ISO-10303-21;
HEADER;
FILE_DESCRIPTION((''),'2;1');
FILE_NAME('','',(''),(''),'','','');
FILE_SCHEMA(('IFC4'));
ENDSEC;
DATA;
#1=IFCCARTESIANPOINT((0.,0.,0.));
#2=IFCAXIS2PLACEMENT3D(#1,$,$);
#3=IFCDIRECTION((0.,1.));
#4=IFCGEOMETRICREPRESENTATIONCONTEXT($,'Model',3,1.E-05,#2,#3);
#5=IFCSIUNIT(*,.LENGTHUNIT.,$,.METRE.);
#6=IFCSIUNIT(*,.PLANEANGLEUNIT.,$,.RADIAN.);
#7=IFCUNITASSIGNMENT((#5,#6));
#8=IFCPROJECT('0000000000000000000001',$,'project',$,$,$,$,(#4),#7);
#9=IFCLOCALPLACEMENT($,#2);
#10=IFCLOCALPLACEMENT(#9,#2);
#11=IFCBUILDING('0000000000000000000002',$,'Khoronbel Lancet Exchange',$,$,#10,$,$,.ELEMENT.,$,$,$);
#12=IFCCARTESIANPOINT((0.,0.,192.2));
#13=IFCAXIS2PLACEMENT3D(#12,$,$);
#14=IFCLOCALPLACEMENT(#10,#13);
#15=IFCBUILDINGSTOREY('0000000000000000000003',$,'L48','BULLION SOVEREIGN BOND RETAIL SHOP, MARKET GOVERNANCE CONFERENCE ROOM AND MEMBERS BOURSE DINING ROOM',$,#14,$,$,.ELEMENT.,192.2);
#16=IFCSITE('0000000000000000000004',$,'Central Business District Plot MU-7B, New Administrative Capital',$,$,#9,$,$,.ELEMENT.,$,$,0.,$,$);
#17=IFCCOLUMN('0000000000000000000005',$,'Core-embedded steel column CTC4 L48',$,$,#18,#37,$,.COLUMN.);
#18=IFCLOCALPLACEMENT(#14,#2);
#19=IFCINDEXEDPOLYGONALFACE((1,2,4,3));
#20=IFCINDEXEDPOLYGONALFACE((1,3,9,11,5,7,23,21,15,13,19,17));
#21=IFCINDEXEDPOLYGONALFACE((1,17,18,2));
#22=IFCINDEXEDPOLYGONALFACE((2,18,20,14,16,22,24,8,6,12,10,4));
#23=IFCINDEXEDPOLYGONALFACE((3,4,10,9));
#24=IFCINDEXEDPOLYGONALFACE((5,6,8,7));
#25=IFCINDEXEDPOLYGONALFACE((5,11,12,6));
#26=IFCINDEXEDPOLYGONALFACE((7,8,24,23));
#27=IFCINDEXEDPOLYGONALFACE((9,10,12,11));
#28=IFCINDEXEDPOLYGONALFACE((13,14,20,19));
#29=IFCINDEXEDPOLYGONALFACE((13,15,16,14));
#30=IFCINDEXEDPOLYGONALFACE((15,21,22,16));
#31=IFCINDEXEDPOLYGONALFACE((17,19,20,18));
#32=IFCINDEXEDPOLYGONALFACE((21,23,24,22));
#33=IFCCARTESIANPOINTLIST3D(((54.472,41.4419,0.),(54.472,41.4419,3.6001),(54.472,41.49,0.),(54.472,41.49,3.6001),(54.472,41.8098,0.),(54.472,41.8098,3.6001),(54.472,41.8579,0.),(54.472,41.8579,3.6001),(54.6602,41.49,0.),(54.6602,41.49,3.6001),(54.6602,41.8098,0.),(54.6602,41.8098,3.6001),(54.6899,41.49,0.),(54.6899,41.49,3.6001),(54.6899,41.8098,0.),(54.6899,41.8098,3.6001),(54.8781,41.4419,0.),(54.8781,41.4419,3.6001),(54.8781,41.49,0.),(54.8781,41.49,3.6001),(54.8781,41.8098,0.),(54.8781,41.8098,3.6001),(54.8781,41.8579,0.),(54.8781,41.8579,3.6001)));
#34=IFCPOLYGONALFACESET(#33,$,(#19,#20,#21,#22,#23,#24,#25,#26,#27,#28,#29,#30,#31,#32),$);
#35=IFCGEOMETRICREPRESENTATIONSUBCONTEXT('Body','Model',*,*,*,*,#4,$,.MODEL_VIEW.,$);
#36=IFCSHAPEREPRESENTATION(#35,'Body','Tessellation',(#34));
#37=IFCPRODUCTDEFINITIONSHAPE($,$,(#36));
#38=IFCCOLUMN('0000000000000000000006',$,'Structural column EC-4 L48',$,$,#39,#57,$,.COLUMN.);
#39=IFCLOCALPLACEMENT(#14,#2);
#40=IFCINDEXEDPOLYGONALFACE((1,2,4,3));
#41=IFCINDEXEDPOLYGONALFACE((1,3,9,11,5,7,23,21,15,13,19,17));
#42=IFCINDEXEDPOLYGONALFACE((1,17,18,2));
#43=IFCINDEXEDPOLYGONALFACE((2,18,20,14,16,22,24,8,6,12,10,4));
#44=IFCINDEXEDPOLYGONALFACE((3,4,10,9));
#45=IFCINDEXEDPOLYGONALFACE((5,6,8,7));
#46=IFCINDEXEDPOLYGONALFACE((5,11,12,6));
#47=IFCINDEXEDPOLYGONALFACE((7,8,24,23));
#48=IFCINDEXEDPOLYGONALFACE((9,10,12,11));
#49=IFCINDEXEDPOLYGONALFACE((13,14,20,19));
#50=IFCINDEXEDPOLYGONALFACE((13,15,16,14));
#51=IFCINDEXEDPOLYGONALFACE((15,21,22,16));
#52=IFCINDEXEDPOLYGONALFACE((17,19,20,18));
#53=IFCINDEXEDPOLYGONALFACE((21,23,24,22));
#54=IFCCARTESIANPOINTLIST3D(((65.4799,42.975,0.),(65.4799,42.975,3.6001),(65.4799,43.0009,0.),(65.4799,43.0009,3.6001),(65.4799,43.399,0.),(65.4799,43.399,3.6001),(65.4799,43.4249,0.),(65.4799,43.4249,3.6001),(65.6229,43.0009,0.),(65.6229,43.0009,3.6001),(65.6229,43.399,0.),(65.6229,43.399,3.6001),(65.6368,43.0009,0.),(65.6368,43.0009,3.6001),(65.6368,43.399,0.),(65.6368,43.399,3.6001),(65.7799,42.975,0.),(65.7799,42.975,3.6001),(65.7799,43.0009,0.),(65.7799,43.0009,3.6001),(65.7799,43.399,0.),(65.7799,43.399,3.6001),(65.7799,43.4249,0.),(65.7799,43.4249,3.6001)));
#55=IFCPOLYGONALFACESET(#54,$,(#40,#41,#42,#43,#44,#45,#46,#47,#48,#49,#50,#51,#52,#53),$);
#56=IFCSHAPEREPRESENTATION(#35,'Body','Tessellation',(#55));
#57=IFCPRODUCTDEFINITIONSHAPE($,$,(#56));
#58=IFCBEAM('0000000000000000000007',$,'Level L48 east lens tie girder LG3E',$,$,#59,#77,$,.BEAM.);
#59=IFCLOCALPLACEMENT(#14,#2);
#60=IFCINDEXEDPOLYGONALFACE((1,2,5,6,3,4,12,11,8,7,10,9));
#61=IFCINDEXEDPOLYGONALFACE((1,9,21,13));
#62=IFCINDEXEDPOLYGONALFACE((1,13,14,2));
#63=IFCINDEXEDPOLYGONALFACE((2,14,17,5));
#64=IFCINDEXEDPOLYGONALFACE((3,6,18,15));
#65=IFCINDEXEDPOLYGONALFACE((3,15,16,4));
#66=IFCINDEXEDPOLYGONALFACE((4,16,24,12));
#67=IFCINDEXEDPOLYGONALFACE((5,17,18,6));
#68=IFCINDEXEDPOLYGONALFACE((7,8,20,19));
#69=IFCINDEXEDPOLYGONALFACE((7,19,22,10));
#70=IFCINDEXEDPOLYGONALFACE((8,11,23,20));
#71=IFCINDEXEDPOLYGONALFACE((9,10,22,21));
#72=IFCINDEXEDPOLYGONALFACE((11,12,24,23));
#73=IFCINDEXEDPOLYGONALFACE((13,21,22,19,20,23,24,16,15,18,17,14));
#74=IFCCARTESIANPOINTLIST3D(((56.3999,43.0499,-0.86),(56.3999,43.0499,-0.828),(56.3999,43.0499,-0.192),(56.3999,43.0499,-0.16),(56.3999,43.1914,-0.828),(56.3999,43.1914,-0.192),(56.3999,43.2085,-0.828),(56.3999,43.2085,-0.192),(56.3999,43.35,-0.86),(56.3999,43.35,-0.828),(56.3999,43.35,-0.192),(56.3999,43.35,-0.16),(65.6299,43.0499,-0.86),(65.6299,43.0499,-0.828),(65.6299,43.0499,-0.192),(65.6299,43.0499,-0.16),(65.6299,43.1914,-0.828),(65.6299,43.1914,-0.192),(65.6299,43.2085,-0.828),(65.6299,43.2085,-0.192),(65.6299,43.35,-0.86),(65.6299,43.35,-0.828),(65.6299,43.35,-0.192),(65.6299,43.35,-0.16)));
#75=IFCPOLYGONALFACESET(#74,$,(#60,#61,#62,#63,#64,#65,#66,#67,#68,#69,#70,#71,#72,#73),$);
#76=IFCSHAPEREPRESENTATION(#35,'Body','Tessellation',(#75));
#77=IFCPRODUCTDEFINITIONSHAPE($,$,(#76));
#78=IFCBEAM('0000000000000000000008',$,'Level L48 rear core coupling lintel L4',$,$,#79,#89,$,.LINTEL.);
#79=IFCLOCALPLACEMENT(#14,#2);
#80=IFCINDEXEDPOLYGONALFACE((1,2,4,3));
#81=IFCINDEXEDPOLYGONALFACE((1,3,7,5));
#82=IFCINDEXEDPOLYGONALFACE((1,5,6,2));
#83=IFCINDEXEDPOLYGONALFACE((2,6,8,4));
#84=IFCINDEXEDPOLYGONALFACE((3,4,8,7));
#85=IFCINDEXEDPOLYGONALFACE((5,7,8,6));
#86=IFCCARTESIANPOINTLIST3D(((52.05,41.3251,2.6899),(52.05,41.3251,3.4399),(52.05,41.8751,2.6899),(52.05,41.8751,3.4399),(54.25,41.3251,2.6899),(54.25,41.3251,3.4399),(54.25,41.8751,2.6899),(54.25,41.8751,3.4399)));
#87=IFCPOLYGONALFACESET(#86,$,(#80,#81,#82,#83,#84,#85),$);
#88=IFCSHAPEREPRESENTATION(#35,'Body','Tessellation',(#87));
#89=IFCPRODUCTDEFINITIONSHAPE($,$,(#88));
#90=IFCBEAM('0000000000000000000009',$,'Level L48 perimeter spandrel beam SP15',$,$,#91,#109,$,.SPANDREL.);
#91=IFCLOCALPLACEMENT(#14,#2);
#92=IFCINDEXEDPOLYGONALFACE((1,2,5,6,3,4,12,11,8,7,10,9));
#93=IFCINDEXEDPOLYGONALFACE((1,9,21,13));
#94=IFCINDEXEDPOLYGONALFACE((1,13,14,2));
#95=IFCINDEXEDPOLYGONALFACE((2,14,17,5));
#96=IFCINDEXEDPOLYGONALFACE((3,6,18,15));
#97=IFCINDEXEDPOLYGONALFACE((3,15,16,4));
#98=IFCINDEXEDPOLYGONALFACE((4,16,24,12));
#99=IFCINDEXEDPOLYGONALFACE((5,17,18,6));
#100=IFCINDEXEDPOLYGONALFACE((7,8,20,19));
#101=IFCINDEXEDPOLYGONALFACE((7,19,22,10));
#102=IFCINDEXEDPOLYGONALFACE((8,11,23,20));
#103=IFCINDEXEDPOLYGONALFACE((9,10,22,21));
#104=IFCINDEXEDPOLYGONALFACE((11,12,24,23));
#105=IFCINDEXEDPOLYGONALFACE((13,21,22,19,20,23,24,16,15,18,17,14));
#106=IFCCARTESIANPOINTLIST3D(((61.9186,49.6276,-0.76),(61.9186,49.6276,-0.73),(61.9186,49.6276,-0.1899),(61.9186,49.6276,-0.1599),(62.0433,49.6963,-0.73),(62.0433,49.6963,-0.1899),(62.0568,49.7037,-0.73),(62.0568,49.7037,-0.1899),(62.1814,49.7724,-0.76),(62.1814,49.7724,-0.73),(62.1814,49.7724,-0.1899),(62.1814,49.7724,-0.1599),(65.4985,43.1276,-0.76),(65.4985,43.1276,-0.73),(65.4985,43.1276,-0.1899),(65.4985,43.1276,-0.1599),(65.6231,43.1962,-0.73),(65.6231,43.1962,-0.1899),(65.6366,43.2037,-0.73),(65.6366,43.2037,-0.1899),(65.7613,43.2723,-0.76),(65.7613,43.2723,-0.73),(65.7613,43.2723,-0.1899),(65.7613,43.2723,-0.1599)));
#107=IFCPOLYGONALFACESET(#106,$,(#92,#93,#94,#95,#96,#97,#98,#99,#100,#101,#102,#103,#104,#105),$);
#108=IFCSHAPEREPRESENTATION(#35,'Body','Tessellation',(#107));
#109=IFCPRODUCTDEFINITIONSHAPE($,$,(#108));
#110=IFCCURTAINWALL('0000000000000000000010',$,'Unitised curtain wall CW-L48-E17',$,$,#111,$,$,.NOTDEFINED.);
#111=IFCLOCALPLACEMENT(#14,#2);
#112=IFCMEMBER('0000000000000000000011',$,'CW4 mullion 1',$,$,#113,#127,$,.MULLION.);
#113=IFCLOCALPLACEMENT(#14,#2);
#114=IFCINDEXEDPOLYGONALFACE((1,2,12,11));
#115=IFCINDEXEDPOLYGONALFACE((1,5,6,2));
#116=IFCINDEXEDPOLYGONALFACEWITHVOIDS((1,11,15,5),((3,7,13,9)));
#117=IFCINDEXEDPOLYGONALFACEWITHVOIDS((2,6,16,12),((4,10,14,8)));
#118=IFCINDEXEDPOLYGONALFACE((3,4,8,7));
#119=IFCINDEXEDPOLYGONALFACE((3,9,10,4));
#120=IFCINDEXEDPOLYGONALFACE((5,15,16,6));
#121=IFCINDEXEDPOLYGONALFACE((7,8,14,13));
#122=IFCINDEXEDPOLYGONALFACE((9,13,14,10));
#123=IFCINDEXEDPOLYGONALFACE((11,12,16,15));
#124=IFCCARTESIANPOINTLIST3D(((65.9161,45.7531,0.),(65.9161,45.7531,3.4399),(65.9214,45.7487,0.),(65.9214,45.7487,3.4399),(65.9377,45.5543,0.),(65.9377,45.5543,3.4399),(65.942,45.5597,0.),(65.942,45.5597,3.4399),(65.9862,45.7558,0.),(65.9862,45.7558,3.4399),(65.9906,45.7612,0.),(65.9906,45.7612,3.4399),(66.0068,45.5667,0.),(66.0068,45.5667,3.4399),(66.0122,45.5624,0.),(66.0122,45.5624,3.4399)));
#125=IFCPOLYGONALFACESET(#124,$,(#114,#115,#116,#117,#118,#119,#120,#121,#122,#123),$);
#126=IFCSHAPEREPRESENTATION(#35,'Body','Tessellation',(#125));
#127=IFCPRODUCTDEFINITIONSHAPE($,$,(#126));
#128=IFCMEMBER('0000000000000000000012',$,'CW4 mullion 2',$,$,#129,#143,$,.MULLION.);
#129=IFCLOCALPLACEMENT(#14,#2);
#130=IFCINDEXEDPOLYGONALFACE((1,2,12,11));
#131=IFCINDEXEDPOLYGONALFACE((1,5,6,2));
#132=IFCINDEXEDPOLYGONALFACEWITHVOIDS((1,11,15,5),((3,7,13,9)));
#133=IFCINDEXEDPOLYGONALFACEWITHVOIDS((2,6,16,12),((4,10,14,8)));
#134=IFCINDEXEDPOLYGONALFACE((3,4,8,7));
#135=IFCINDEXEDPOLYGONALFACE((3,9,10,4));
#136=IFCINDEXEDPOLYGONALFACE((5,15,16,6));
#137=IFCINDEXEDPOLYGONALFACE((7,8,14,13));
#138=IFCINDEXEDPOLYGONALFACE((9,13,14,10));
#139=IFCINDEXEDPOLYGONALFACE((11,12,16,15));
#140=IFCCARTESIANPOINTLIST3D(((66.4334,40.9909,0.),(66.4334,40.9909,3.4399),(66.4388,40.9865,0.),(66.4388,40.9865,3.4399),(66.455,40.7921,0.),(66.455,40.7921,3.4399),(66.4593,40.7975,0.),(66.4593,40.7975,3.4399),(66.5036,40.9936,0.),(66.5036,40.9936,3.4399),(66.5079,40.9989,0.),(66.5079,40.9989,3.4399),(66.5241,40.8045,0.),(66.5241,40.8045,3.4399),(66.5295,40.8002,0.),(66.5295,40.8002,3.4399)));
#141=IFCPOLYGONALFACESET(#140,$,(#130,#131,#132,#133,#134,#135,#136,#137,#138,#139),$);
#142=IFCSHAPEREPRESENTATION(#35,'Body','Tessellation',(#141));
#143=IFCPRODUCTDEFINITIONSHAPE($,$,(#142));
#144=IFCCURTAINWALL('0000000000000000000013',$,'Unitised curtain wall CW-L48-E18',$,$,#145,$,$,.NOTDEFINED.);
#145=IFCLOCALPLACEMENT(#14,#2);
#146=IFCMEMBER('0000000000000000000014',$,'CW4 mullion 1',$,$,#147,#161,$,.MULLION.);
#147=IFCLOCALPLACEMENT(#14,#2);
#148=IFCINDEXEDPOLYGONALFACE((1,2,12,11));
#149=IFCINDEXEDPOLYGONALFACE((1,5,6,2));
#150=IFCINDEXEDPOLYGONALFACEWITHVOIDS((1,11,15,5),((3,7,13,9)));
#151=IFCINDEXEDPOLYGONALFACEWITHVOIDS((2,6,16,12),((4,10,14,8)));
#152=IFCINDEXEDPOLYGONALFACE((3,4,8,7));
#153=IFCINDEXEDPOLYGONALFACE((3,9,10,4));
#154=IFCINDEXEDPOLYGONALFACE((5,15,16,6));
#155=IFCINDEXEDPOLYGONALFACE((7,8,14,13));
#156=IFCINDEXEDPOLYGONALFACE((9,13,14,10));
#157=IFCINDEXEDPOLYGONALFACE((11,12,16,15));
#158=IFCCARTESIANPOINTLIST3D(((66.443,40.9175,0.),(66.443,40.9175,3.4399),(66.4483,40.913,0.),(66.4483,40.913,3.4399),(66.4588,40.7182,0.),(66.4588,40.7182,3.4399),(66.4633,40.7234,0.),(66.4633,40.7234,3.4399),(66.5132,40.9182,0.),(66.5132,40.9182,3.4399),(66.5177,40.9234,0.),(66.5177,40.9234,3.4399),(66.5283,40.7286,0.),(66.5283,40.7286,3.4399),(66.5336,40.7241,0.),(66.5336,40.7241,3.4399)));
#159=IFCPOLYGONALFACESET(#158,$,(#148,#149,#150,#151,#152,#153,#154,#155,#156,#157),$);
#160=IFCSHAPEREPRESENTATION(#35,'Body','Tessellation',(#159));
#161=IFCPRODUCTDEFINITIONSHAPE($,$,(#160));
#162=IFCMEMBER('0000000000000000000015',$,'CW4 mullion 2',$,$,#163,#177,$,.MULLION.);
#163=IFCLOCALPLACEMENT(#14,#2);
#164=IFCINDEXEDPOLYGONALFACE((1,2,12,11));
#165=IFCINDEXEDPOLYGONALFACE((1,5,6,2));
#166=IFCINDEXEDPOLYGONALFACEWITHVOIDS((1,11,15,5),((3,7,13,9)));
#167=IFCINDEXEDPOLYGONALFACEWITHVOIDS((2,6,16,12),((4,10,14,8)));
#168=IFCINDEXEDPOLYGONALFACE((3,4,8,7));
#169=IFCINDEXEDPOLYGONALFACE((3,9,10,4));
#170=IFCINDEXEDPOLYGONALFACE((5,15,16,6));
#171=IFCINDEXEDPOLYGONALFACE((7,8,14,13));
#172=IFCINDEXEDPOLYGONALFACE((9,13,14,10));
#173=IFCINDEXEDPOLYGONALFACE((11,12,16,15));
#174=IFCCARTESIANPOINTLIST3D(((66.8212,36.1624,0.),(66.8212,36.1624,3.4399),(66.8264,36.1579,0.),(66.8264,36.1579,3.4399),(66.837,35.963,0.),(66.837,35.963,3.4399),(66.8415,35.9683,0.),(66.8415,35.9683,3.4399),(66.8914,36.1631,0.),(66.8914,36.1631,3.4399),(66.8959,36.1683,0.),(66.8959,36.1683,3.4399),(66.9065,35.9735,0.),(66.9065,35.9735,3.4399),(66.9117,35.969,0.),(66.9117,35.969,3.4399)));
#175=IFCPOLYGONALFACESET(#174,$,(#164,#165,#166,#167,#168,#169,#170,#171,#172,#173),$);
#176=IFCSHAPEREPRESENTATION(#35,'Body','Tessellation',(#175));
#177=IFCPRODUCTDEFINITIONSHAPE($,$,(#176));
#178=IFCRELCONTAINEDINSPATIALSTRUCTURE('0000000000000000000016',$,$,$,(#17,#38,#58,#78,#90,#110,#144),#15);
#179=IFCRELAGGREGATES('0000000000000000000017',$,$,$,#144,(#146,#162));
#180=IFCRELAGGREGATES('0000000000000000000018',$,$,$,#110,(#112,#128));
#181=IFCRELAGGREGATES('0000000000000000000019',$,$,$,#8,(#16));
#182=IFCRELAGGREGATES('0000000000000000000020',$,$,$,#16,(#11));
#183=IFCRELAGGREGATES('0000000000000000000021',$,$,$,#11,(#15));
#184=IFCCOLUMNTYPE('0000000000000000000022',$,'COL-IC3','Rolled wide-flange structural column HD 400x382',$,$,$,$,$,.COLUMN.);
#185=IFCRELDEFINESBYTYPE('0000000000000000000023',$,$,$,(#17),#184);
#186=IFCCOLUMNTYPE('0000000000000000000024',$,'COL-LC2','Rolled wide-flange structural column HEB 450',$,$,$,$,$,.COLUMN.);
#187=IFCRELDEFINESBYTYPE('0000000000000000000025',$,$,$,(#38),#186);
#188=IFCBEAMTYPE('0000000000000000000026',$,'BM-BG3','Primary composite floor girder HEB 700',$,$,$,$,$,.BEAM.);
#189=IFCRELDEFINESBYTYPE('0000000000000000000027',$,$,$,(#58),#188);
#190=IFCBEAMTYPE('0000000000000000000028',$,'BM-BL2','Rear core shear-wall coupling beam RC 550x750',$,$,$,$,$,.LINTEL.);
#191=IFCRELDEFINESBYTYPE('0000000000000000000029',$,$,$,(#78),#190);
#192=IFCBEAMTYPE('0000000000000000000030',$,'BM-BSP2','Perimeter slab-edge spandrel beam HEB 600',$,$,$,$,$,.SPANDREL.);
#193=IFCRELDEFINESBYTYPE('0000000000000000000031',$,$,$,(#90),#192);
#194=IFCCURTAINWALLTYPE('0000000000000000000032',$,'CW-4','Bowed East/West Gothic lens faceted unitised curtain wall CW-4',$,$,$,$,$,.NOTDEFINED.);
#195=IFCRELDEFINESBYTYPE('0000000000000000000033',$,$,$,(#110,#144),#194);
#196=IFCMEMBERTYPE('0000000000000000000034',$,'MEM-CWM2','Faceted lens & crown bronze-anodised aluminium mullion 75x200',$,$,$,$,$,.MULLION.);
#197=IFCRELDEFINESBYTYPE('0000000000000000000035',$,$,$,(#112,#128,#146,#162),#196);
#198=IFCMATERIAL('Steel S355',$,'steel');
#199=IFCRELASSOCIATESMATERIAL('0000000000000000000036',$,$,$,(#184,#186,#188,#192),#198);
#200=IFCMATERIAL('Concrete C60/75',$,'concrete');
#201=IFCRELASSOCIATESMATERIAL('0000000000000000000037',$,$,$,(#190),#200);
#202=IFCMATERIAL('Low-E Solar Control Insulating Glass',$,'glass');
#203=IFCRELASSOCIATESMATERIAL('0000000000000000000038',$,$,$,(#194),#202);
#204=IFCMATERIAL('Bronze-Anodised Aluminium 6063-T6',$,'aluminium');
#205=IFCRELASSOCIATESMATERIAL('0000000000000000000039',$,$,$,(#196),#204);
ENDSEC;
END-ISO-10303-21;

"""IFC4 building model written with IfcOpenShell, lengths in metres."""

from ifc_helpers import new_model, si_unit, direction, frame, origin, origin_2d, place, context, subcontext, project, spatial, rectangle, hollow_rectangle, i_section, extrude, material, material_profile, profile_set, type_object, element, aggregate, save


model = new_model("IFC4")

# Units and contexts
model_context = context("Model", 3, precision=1e-05, world=origin(), true_north=direction((0.0, 1.0)))
body_context = subcontext(model_context, "Body", "Model", "MODEL_VIEW")
ifc_project = project(units=[si_unit("LENGTHUNIT", "METRE"), si_unit("PLANEANGLEUNIT", "RADIAN")], contexts=[model_context])

# Site, building, storey
site_placement = place(None, origin())
site = spatial("IfcSite", under=ifc_project, at=site_placement, Name="Central Business District Plot MU-7B, New Administrative Capital", CompositionType="ELEMENT", RefElevation=0.0)
building_placement = place(site_placement, origin())
building = spatial("IfcBuilding", under=site, at=building_placement, Name="Khoronbel Lancet Exchange", CompositionType="ELEMENT")
storey_placement = place(building_placement, frame((0.0, 0.0, 192.2)))
storey = spatial("IfcBuildingStorey", under=building, at=storey_placement, Name="L48", Description="BULLION SOVEREIGN BOND RETAIL SHOP, MARKET GOVERNANCE CONFERENCE ROOM AND MEMBERS BOURSE DINING ROOM", CompositionType="ELEMENT", Elevation=192.2)

# Columns
ifc_material_1 = material(Name="Steel S355", Category="steel")
ifc_material_profile_1 = material_profile(ifc_material_1, i_section(OverallWidth=0.406, OverallDepth=0.416, WebThickness=0.0298, FlangeThickness=0.0481, at=origin_2d()), Name="HD 400x382")
ifc_profile_set_1 = profile_set([ifc_material_profile_1], Name="Steel S355")
column_type_1 = type_object("IfcColumnType", Name="COL-IC3", Description="Rolled wide-flange structural column HD 400x382", PredefinedType="COLUMN", material=ifc_profile_set_1)
column_1_placement = place(storey_placement, frame((54.675, 41.6499, 0.0), z_axis=(0.0, 0.0, 1.0), x_axis=(1.0, 0.0, 0.0)))
element("IfcColumn", 1, at=column_1_placement, inside=storey, type_object=column_type_1, Name="Core-embedded steel column CTC4 L48", PredefinedType="COLUMN", context=body_context, shape_type="SweptSolid", body=[
    extrude(i_section(OverallWidth=0.406, OverallDepth=0.416, WebThickness=0.0298, FlangeThickness=0.0481, at=origin_2d()), origin(), (0.0, 0.0, 1.0), 3.6001),
])
ifc_material_profile_2 = material_profile(ifc_material_1, i_section(OverallWidth=0.3, OverallDepth=0.45, WebThickness=0.0139, FlangeThickness=0.0259, at=origin_2d()), Name="HEB 450")
ifc_profile_set_2 = profile_set([ifc_material_profile_2], Name="Steel S355")
column_type_2 = type_object("IfcColumnType", Name="COL-LC2", Description="Rolled wide-flange structural column HEB 450", PredefinedType="COLUMN", material=ifc_profile_set_2)
column_2_placement = place(storey_placement, frame((65.6299, 43.2, 0.0), z_axis=(0.0, 0.0, 1.0), x_axis=(1.0, 0.0, 0.0)))
element("IfcColumn", 2, at=column_2_placement, inside=storey, type_object=column_type_2, Name="Structural column EC-4 L48", PredefinedType="COLUMN", context=body_context, shape_type="SweptSolid", body=[
    extrude(i_section(OverallWidth=0.3, OverallDepth=0.45, WebThickness=0.0139, FlangeThickness=0.0259, at=origin_2d()), origin(), (0.0, 0.0, 1.0), 3.6001),
])

# Beams
ifc_material_profile_3 = material_profile(ifc_material_1, i_section(OverallWidth=0.3, OverallDepth=0.7, WebThickness=0.0171, FlangeThickness=0.032, at=origin_2d()), Name="HEB 700")
ifc_profile_set_3 = profile_set([ifc_material_profile_3], Name="Steel S355")
beam_type_1 = type_object("IfcBeamType", Name="BM-BG3", Description="Primary composite floor girder HEB 700", PredefinedType="BEAM", material=ifc_profile_set_3)
beam_1_placement = place(storey_placement, frame((56.3999, 43.2, -0.51), z_axis=(1.0, 0.0, 0.0), x_axis=(0.0, 1.0, 0.0)))
element("IfcBeam", 3, at=beam_1_placement, inside=storey, type_object=beam_type_1, Name="Level L48 east lens tie girder LG3E", PredefinedType="BEAM", context=body_context, shape_type="SweptSolid", body=[
    extrude(i_section(OverallWidth=0.3, OverallDepth=0.7, WebThickness=0.0171, FlangeThickness=0.032, at=origin_2d()), origin(), (0.0, 0.0, 1.0), 9.23),
])
ifc_material_2 = material(Name="Concrete C60/75", Category="concrete")
ifc_material_profile_4 = material_profile(ifc_material_2, rectangle(XDim=0.55, YDim=0.75, at=origin_2d()), Name="RC 550x750")
ifc_profile_set_4 = profile_set([ifc_material_profile_4], Name="Concrete C60/75")
beam_type_2 = type_object("IfcBeamType", Name="BM-BL2", Description="Rear core shear-wall coupling beam RC 550x750", PredefinedType="LINTEL", material=ifc_profile_set_4)
beam_2_placement = place(storey_placement, frame((52.05, 41.6001, 3.0649), z_axis=(1.0, 0.0, 0.0), x_axis=(0.0, 1.0, 0.0)))
element("IfcBeam", 4, at=beam_2_placement, inside=storey, type_object=beam_type_2, Name="Level L48 rear core coupling lintel L4", PredefinedType="LINTEL", context=body_context, shape_type="SweptSolid", body=[
    extrude(rectangle(XDim=0.55, YDim=0.75, at=origin_2d()), origin(), (0.0, 0.0, 1.0), 2.2),
])
ifc_material_profile_5 = material_profile(ifc_material_1, i_section(OverallWidth=0.3, OverallDepth=0.6001, WebThickness=0.0154, FlangeThickness=0.03, at=origin_2d()), Name="HEB 600")
ifc_profile_set_5 = profile_set([ifc_material_profile_5], Name="Steel S355")
beam_type_3 = type_object("IfcBeamType", Name="BM-BSP2", Description="Perimeter slab-edge spandrel beam HEB 600", PredefinedType="SPANDREL", material=ifc_profile_set_5)
beam_3_placement = place(storey_placement, frame((65.6299, 43.2, -0.46), z_axis=(-0.482419, 0.875941, 0.0), x_axis=(-0.875941, -0.482419, 0.0)))
element("IfcBeam", 5, at=beam_3_placement, inside=storey, type_object=beam_type_3, Name="Level L48 perimeter spandrel beam SP15", PredefinedType="SPANDREL", context=body_context, shape_type="SweptSolid", body=[
    extrude(i_section(OverallWidth=0.3, OverallDepth=0.6001, WebThickness=0.0154, FlangeThickness=0.03, at=origin_2d()), origin(), (0.0, 0.0, 1.0), 7.4207),
])

# Curtain walls, members
ifc_material_3 = material(Name="Low-E Solar Control Insulating Glass", Category="glass")
curtain_wall_type = type_object("IfcCurtainWallType", Name="CW-4", Description="Bowed East/West Gothic lens faceted unitised curtain wall CW-4", PredefinedType="NOTDEFINED", material=ifc_material_3)
curtain_wall_1_placement = place(storey_placement, origin())
curtain_wall_1 = element("IfcCurtainWall", 6, at=curtain_wall_1_placement, inside=storey, type_object=curtain_wall_type, Name="Unitised curtain wall CW-L48-E17", PredefinedType="NOTDEFINED")
ifc_material_4 = material(Name="Bronze-Anodised Aluminium 6063-T6", Category="aluminium")
ifc_material_profile_6 = material_profile(ifc_material_4, hollow_rectangle(XDim=0.075, YDim=0.2, WallThickness=0.0049, at=origin_2d()), Name="ALU MULLION 75x200")
ifc_profile_set_6 = profile_set([ifc_material_profile_6], Name="Bronze-Anodised Aluminium 6063-T6")
member_type_1 = type_object("IfcMemberType", Name="MEM-CWM2", Description="Faceted lens & crown bronze-anodised aluminium mullion 75x200", PredefinedType="MULLION", material=ifc_profile_set_6)
member_1_placement = place(storey_placement, frame((65.9641, 45.6577, 0.0), z_axis=(0.0, 0.0, 1.0), x_axis=(0.994152, 0.10799, 0.0)))
member_1 = element("IfcMember", 7, at=member_1_placement, type_object=member_type_1, Name="CW4 mullion 1", PredefinedType="MULLION", context=body_context, shape_type="SweptSolid", body=[
    extrude(hollow_rectangle(XDim=0.075, YDim=0.2, WallThickness=0.0049, at=origin_2d()), origin(), (0.0, 0.0, 1.0), 3.4399),
])
member_2_placement = place(storey_placement, frame((66.4814, 40.8955, 0.0), z_axis=(0.0, 0.0, 1.0), x_axis=(0.994152, 0.10799, 0.0)))
member_2 = element("IfcMember", 8, at=member_2_placement, type_object=member_type_1, Name="CW4 mullion 2", PredefinedType="MULLION", context=body_context, shape_type="SweptSolid", body=[
    extrude(hollow_rectangle(XDim=0.075, YDim=0.2, WallThickness=0.0049, at=origin_2d()), origin(), (0.0, 0.0, 1.0), 3.4399),
])
curtain_wall_2_placement = place(storey_placement, origin())
curtain_wall_2 = element("IfcCurtainWall", 9, at=curtain_wall_2_placement, inside=storey, type_object=curtain_wall_type, Name="Unitised curtain wall CW-L48-E18", PredefinedType="NOTDEFINED")
member_3_placement = place(storey_placement, frame((66.4883, 40.8208, 0.0), z_axis=(0.0, 0.0, 1.0), x_axis=(0.996854, 0.079255, 0.0)))
member_3 = element("IfcMember", 10, at=member_3_placement, type_object=member_type_1, Name="CW4 mullion 1", PredefinedType="MULLION", context=body_context, shape_type="SweptSolid", body=[
    extrude(hollow_rectangle(XDim=0.075, YDim=0.2, WallThickness=0.0049, at=origin_2d()), origin(), (0.0, 0.0, 1.0), 3.4399),
])
member_4_placement = place(storey_placement, frame((66.8665, 36.0657, 0.0), z_axis=(0.0, 0.0, 1.0), x_axis=(0.996854, 0.079255, 0.0)))
member_4 = element("IfcMember", 11, at=member_4_placement, type_object=member_type_1, Name="CW4 mullion 2", PredefinedType="MULLION", context=body_context, shape_type="SweptSolid", body=[
    extrude(hollow_rectangle(XDim=0.075, YDim=0.2, WallThickness=0.0049, at=origin_2d()), origin(), (0.0, 0.0, 1.0), 3.4399),
])

aggregate(curtain_wall_2, [member_3, member_4])
aggregate(curtain_wall_1, [member_1, member_2])

save(model, "model.ifc")
